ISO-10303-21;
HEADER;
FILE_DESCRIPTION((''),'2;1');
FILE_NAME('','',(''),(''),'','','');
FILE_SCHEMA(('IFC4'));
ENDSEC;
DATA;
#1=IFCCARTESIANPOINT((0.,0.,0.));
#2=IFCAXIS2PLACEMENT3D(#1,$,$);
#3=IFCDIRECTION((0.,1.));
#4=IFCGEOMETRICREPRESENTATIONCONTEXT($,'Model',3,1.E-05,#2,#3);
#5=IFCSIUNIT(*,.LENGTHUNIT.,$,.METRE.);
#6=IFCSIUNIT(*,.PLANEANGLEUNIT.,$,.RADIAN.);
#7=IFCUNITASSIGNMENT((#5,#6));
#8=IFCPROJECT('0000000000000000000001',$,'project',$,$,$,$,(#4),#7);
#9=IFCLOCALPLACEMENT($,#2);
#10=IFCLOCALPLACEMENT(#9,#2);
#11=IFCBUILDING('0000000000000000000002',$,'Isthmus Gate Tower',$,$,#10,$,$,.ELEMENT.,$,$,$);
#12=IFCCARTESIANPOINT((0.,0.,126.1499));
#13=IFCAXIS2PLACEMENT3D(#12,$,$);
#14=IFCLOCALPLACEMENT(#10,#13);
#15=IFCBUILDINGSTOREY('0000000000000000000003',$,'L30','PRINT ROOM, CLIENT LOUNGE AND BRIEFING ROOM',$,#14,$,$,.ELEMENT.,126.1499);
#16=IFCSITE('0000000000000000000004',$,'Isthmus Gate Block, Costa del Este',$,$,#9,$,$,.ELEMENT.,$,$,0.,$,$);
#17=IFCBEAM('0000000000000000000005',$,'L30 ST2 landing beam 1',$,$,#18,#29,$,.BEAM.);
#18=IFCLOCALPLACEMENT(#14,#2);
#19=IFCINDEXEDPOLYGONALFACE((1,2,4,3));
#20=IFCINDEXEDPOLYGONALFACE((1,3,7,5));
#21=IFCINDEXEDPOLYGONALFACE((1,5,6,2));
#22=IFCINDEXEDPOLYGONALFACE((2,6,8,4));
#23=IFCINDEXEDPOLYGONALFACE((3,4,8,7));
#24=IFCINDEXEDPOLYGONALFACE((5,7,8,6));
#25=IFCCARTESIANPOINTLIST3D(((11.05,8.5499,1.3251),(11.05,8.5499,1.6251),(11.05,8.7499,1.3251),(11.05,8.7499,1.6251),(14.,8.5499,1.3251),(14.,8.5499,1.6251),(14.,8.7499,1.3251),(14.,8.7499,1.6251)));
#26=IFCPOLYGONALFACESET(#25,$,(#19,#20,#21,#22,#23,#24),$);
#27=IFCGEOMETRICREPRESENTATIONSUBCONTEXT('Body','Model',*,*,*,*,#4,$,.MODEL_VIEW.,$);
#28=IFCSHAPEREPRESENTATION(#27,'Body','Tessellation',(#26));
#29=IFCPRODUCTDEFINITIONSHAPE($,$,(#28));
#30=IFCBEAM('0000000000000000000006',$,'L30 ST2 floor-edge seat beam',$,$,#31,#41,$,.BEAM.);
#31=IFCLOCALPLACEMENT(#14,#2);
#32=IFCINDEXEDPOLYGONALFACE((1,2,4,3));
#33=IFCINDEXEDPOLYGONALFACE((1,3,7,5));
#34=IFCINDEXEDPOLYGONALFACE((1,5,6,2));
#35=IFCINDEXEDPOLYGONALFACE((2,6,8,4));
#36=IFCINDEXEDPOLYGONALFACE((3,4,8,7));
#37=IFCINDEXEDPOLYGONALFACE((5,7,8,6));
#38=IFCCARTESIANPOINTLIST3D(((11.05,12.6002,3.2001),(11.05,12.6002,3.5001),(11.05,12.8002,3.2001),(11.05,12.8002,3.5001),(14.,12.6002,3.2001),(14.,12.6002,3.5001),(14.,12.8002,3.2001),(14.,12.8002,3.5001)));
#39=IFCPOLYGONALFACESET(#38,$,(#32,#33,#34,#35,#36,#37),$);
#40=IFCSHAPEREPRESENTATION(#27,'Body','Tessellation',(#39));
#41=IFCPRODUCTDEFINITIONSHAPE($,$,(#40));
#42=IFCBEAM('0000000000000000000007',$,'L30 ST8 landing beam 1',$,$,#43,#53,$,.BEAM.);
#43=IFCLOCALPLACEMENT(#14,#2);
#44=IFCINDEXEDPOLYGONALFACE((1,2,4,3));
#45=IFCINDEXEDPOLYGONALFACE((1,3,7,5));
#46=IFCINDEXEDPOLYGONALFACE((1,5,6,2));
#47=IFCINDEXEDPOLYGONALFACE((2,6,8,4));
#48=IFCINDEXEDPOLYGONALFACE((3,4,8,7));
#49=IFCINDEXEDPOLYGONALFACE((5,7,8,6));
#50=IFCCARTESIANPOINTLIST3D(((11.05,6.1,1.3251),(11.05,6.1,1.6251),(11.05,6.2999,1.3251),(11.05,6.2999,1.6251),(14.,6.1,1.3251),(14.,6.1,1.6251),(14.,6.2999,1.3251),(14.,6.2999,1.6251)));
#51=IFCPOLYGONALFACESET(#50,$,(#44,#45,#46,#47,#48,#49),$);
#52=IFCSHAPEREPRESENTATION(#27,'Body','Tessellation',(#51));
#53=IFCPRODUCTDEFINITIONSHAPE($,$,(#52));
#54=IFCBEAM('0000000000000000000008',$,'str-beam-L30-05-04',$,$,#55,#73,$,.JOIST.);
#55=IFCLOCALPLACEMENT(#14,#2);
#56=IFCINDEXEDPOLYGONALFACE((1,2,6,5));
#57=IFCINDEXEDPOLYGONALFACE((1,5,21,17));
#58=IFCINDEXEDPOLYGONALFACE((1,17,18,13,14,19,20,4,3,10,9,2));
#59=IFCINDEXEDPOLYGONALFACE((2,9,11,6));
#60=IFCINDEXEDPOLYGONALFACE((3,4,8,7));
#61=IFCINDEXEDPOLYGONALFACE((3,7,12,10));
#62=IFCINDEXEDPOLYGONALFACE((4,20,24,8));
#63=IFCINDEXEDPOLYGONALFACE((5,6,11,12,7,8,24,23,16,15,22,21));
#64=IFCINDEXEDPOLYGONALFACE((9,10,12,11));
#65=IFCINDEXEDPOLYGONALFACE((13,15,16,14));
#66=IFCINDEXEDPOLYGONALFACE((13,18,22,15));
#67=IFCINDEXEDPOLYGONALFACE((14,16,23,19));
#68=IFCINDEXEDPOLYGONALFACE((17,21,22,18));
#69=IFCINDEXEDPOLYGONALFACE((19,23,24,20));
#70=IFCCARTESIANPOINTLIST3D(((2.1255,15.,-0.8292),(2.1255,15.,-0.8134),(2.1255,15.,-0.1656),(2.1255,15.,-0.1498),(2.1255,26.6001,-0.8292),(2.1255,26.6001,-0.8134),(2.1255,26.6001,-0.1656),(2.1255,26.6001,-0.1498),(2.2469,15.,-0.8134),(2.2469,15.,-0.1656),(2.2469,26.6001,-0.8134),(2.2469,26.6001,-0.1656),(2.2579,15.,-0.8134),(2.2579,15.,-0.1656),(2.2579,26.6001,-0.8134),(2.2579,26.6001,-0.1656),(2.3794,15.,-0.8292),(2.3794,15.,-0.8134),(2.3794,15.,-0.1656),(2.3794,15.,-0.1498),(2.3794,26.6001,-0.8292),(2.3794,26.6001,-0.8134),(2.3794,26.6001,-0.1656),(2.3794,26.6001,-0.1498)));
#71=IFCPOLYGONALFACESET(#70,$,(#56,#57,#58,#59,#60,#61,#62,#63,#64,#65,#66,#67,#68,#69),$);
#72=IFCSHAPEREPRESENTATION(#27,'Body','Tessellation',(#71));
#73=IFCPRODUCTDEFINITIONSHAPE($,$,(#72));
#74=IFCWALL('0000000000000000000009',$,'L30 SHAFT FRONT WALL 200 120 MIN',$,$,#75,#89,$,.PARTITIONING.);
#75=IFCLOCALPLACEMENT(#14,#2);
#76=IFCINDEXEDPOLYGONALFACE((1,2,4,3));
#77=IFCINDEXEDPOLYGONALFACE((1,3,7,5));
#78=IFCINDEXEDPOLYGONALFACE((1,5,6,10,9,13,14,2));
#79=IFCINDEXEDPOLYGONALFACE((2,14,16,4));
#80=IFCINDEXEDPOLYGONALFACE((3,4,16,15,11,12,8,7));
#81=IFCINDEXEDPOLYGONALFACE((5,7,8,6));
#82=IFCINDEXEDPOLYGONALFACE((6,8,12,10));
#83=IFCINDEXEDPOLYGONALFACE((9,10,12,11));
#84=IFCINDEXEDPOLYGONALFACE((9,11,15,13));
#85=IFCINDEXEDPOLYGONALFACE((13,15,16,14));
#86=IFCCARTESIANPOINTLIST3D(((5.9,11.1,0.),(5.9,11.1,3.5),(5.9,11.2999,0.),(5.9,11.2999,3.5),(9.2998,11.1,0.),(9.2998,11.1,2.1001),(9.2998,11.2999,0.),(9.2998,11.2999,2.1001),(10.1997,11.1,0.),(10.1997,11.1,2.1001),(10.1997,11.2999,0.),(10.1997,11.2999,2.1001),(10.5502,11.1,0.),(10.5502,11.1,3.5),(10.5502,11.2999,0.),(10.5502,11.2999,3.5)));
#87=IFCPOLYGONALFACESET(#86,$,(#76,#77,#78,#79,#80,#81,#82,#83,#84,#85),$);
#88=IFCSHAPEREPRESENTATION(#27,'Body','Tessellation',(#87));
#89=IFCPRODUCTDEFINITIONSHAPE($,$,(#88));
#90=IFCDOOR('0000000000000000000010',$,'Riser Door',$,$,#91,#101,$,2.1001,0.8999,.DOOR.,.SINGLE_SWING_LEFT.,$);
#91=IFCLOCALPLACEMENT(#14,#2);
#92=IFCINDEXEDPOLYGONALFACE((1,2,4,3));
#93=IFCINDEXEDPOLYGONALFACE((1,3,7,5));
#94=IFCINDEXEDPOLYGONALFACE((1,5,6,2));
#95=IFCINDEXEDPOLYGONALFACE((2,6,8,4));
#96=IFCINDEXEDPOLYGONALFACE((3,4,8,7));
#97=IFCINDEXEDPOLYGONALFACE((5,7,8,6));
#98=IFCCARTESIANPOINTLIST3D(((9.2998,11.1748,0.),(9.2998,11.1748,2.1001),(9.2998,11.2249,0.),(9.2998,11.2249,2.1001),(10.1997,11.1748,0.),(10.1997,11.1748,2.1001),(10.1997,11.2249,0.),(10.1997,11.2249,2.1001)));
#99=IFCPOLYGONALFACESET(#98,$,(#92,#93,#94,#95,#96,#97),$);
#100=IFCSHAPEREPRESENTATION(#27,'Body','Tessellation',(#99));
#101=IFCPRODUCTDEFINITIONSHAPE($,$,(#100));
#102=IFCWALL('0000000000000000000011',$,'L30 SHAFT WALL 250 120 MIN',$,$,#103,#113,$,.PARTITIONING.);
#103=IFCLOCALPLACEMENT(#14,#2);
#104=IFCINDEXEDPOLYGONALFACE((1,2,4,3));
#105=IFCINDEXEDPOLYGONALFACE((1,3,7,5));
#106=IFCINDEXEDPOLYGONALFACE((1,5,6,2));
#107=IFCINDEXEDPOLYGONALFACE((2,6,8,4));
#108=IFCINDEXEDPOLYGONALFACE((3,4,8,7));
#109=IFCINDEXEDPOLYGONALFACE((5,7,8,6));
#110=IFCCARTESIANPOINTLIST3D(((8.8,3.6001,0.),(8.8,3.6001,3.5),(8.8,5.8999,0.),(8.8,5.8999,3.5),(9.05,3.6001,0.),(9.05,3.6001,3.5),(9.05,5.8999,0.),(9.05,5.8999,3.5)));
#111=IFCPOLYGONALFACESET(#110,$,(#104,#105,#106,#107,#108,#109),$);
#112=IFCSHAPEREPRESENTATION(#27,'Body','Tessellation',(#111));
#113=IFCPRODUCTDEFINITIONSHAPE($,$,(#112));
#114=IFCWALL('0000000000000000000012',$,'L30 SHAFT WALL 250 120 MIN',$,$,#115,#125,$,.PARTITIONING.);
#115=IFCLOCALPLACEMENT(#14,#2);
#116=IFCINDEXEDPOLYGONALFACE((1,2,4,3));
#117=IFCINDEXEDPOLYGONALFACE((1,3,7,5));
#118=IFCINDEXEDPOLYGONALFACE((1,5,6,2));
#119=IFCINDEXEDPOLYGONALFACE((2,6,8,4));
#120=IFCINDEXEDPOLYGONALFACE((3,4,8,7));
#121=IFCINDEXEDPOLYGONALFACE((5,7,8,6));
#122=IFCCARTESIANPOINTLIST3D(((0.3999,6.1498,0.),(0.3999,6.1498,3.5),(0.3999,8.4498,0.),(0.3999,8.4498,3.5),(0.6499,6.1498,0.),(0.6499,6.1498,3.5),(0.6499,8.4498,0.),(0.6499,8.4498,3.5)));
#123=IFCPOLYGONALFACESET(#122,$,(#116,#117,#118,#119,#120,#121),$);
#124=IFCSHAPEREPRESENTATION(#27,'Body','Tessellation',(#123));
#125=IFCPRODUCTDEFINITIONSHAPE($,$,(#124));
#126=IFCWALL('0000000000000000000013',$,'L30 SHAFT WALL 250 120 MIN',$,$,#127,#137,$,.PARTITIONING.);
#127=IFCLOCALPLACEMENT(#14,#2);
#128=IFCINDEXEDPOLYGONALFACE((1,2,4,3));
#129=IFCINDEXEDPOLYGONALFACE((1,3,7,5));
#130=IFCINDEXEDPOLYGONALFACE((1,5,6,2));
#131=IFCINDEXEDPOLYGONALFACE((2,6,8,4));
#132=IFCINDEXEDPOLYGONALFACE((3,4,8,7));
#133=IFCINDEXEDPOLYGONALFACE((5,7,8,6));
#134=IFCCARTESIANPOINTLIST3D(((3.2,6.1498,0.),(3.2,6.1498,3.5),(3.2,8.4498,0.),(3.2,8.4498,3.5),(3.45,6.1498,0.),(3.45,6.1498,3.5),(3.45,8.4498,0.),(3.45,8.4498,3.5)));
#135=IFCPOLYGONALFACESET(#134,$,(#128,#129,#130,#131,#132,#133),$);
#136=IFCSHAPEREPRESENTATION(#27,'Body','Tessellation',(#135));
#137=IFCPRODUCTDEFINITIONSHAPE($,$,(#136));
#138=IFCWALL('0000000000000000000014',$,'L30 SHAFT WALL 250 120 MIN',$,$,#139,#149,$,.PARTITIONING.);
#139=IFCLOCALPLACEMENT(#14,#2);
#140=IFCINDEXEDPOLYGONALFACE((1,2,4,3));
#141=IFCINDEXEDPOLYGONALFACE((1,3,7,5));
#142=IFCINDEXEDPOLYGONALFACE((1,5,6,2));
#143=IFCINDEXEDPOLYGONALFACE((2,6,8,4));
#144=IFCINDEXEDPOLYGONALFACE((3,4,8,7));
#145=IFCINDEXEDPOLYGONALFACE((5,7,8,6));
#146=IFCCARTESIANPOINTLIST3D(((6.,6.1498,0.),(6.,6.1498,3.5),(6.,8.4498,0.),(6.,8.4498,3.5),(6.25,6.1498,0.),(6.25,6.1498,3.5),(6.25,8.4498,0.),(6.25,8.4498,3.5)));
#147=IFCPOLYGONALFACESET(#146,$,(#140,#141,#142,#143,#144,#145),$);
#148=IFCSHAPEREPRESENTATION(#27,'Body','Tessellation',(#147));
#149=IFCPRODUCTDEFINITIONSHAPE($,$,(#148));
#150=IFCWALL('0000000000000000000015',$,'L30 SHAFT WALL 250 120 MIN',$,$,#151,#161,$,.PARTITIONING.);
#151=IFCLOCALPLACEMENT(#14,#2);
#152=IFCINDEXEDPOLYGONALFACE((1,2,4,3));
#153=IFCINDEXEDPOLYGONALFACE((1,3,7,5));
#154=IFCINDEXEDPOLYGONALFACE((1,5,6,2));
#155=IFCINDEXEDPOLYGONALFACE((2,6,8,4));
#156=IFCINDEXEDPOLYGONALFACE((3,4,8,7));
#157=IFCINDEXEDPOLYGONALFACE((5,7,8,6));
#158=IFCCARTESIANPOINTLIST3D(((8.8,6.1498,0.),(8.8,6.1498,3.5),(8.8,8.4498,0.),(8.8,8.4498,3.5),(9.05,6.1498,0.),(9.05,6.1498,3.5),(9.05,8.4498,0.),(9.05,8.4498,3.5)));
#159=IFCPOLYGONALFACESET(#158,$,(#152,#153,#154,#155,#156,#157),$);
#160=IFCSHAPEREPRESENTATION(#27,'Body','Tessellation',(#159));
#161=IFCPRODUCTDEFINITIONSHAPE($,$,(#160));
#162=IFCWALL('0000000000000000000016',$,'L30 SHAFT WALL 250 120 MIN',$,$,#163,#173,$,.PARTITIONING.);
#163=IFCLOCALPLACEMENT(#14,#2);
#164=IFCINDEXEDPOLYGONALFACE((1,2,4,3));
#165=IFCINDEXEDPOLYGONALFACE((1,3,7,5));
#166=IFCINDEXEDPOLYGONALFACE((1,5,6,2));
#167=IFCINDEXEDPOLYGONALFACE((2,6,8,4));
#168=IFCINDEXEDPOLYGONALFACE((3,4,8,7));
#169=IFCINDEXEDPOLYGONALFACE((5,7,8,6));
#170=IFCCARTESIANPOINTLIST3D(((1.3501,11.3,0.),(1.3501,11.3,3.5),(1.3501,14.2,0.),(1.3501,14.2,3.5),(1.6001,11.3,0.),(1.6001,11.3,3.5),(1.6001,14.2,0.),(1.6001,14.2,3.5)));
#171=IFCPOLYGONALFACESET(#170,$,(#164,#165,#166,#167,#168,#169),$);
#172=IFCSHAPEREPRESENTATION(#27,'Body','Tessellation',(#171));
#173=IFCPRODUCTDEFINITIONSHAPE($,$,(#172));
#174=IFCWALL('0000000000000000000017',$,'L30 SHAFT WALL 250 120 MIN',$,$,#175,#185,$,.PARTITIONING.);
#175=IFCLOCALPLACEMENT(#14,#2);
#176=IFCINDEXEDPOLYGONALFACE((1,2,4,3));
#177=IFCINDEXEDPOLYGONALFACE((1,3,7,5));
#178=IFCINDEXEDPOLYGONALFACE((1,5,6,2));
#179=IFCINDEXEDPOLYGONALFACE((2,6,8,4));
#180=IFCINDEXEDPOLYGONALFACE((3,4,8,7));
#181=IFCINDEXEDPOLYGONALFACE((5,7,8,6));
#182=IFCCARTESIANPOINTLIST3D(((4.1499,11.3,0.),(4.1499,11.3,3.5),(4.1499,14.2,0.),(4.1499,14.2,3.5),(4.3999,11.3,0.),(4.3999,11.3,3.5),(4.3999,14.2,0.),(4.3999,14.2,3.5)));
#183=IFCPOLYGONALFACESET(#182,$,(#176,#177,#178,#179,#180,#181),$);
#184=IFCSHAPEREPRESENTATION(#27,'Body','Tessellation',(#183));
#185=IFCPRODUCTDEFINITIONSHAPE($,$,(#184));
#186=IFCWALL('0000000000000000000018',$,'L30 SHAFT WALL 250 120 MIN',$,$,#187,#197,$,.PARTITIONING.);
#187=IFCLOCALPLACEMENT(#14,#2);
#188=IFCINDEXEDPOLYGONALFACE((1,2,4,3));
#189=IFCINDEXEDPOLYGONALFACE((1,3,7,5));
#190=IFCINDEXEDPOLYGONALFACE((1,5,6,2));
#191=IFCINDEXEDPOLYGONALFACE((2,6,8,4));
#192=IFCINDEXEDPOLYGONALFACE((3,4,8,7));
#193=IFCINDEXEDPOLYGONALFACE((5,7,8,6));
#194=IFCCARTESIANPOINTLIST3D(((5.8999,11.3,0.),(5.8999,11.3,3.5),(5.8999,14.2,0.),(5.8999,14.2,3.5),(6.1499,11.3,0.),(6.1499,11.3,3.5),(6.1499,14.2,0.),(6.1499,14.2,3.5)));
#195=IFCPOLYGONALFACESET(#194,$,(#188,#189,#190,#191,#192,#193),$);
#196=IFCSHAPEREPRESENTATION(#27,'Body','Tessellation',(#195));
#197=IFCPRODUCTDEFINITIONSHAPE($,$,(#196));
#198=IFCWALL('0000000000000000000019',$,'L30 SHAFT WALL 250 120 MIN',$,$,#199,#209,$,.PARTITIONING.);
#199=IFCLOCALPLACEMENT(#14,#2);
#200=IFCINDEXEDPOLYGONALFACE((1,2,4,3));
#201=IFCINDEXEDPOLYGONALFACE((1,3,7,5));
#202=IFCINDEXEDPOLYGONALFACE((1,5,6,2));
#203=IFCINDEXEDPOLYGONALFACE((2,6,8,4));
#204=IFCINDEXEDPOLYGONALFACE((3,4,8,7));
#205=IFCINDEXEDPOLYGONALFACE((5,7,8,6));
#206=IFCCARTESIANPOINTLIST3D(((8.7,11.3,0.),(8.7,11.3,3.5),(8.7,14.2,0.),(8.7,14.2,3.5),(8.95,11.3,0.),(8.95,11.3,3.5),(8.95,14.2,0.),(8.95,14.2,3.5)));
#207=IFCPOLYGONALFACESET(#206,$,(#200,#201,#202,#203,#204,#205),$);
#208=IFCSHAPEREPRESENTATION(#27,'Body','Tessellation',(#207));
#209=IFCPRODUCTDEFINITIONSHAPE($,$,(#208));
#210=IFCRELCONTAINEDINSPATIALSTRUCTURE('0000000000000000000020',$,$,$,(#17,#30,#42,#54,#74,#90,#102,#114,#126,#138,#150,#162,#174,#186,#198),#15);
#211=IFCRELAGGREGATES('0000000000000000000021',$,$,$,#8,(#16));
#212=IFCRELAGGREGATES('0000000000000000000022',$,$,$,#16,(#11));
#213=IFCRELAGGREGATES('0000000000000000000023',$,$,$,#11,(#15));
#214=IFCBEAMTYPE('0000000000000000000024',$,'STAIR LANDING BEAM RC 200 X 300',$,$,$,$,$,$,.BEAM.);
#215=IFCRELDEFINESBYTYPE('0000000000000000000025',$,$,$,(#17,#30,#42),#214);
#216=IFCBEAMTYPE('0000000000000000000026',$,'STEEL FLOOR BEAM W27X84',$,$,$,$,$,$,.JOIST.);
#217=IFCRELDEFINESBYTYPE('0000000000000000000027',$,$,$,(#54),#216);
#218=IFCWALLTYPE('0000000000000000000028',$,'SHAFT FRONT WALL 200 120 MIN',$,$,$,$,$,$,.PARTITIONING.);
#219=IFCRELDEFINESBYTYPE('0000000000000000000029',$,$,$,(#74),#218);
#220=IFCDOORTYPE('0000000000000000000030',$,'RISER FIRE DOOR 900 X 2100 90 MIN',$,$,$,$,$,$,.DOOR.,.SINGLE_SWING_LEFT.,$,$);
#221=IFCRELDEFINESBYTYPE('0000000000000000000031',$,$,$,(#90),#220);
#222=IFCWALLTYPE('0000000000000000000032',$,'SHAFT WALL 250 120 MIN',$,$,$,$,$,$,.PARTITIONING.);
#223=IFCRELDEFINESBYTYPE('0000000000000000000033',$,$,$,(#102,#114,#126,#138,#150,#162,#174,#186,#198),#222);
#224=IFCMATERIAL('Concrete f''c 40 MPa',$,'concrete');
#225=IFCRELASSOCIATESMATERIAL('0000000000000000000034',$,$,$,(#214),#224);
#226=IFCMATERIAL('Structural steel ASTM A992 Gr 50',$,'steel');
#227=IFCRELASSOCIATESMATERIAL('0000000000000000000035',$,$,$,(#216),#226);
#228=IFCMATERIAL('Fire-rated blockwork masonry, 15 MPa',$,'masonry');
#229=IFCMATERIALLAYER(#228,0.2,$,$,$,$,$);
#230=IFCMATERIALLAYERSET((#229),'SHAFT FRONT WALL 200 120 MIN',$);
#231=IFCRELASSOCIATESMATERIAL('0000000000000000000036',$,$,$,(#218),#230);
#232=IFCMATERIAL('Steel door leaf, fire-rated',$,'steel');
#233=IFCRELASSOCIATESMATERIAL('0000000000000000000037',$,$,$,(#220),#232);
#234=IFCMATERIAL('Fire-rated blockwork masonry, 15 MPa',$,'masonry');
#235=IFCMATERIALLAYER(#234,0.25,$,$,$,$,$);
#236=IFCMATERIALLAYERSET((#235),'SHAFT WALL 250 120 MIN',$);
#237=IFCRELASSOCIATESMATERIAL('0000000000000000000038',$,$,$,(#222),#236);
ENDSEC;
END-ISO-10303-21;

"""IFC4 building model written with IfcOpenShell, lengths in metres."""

from ifc_helpers import new_model, si_unit, direction, frame, frame_2d, origin, origin_2d, place, context, subcontext, project, spatial, rectangle, i_section, extrude, material, layer, layer_set, material_profile, profile_set, type_object, element, fill, save


model = new_model("IFC4")

# Units and contexts
model_context = context("Model", 3, precision=1e-05, world=origin(), true_north=direction((0.0, 1.0)))
body_context = subcontext(model_context, "Body", "Model", "MODEL_VIEW")
ifc_project = project(units=[si_unit("LENGTHUNIT", "METRE"), si_unit("PLANEANGLEUNIT", "RADIAN")], contexts=[model_context])

# Site, building, storey
site_placement = place(None, origin())
site = spatial("IfcSite", under=ifc_project, at=site_placement, Name="Isthmus Gate Block, Costa del Este", CompositionType="ELEMENT", RefElevation=0.0)
building_placement = place(site_placement, origin())
building = spatial("IfcBuilding", under=site, at=building_placement, Name="Isthmus Gate Tower", CompositionType="ELEMENT")
storey_placement = place(building_placement, frame((0.0, 0.0, 126.1499)))
storey = spatial("IfcBuildingStorey", under=building, at=storey_placement, Name="L30", Description="PRINT ROOM, CLIENT LOUNGE AND BRIEFING ROOM", CompositionType="ELEMENT", Elevation=126.1499)

# Beams
ifc_material_1 = material(Name="Concrete f'c 40 MPa", Category="concrete")
ifc_material_profile_1 = material_profile(ifc_material_1, rectangle(XDim=0.2, YDim=0.3, at=origin_2d()), Name="STAIR LANDING BEAM RC 200 X 300")
ifc_profile_set_1 = profile_set([ifc_material_profile_1], Name="Concrete f'c 40 MPa")
beam_type_1 = type_object("IfcBeamType", Name="STAIR LANDING BEAM RC 200 X 300", PredefinedType="BEAM", material=ifc_profile_set_1)
for number, where, z_axis, x_axis, name in (
    (1, (11.05, 8.6499, 1.4751), (1.0, 0.0, 0.0), (0.0, 1.0, 0.0), "L30 ST2 landing beam 1"),
    (2, (11.05, 12.7002, 3.3501), (1.0, 0.0, 0.0), (0.0, 1.0, 0.0), "L30 ST2 floor-edge seat beam"),
    (3, (11.05, 6.2, 1.4751), (1.0, 0.0, 0.0), (0.0, 1.0, 0.0), "L30 ST8 landing beam 1"),
):
    element("IfcBeam", number, at=place(storey_placement, frame(where, z_axis=z_axis, x_axis=x_axis)), inside=storey, type_object=beam_type_1, Name=name, PredefinedType="BEAM", context=body_context, shape_type="SweptSolid", body=[
        extrude(rectangle(XDim=0.2, YDim=0.3, at=origin_2d()), origin(), (0.0, 0.0, 1.0), 2.95),
    ])
ifc_material_2 = material(Name="Structural steel ASTM A992 Gr 50", Category="steel")
ifc_material_profile_2 = material_profile(ifc_material_2, i_section(OverallWidth=0.2539, OverallDepth=0.6794, WebThickness=0.011, FlangeThickness=0.0159, at=origin_2d()), Name="W27X84")
ifc_profile_set_2 = profile_set([ifc_material_profile_2], Name="Structural steel ASTM A992 Gr 50")
beam_type_2 = type_object("IfcBeamType", Name="STEEL FLOOR BEAM W27X84", PredefinedType="JOIST", material=ifc_profile_set_2)
beam_placement = place(storey_placement, frame((2.2524, 15.0, -0.4895), z_axis=(0.0, 1.0, 0.0), x_axis=(-1.0, 0.0, 0.0)))
element("IfcBeam", 4, at=beam_placement, inside=storey, type_object=beam_type_2, Name="str-beam-L30-05-04", PredefinedType="JOIST", context=body_context, shape_type="SweptSolid", body=[
    extrude(i_section(OverallWidth=0.2539, OverallDepth=0.6794, WebThickness=0.011, FlangeThickness=0.0159, at=origin_2d()), origin(), (0.0, 0.0, 1.0), 11.6001),
])

# Wall, opening, door
ifc_material_3 = material(Name="Fire-rated blockwork masonry, 15 MPa", Category="masonry")
ifc_layer_1 = layer(ifc_material_3, 0.2)
ifc_layer_set_1 = layer_set([ifc_layer_1], Name="SHAFT FRONT WALL 200 120 MIN")
wall_type_1 = type_object("IfcWallType", Name="SHAFT FRONT WALL 200 120 MIN", PredefinedType="PARTITIONING", material=ifc_layer_set_1)
wall_1_placement = place(storey_placement, frame((5.8999, 11.2, 0.0), z_axis=(0.0, 0.0, 1.0), x_axis=(1.0, 0.0, 0.0)))
wall_1 = element("IfcWall", 5, at=wall_1_placement, inside=storey, type_object=wall_type_1, Name="L30 SHAFT FRONT WALL 200 120 MIN", PredefinedType="PARTITIONING", context=body_context, shape_type="SweptSolid", body=[
    extrude(rectangle(XDim=4.6501, YDim=0.2, at=frame_2d((2.3252, 0.0))), origin(), (0.0, 0.0, 1.0), 3.5),
])
opening_placement = place(wall_1_placement, frame((3.3999, 0.0, 0.0)))
opening = element("IfcOpeningElement", 6, at=opening_placement, cuts=wall_1, PredefinedType="OPENING", context=body_context, shape_type="SweptSolid", body=[
    extrude(rectangle(XDim=0.8999, YDim=2.1001, at=frame_2d((0.45, 1.05))), frame((0.0, 0.1099, 0.0), z_axis=(0.0, -1.0, 0.0), x_axis=(1.0, 0.0, 0.0)), (0.0, 0.0, 1.0), 0.22),
])
ifc_material_4 = material(Name="Steel door leaf, fire-rated", Category="steel")
door_type = type_object("IfcDoorType", Name="RISER FIRE DOOR 900 X 2100 90 MIN", OperationType="SINGLE_SWING_LEFT", PredefinedType="DOOR", material=ifc_material_4)
door_placement = place(opening_placement, origin())
door = element("IfcDoor", 7, at=door_placement, inside=storey, type_object=door_type, Name="Riser Door", OperationType="SINGLE_SWING_LEFT", OverallHeight=2.1001, OverallWidth=0.8999, PredefinedType="DOOR", context=body_context, shape_type="SweptSolid", body=[
    extrude(rectangle(XDim=0.8999, YDim=2.1001, at=frame_2d((0.45, 1.05))), frame((0.0, 0.0249, 0.0), z_axis=(0.0, -1.0, 0.0), x_axis=(1.0, 0.0, 0.0)), (0.0, 0.0, 1.0), 0.05),
])
fill(opening, door)

# Walls
ifc_material_5 = material(Name="Fire-rated blockwork masonry, 15 MPa", Category="masonry")
ifc_layer_2 = layer(ifc_material_5, 0.25)
ifc_layer_set_2 = layer_set([ifc_layer_2], Name="SHAFT WALL 250 120 MIN")
wall_type_2 = type_object("IfcWallType", Name="SHAFT WALL 250 120 MIN", PredefinedType="PARTITIONING", material=ifc_layer_set_2)
wall_2_placement = place(storey_placement, frame((8.925, 3.6001, 0.0), z_axis=(0.0, 0.0, 1.0), x_axis=(0.0, 1.0, 0.0)))
element("IfcWall", 8, at=wall_2_placement, inside=storey, type_object=wall_type_2, Name="L30 SHAFT WALL 250 120 MIN", PredefinedType="PARTITIONING", context=body_context, shape_type="SweptSolid", body=[
    extrude(rectangle(XDim=2.2998, YDim=0.25, at=frame_2d((1.1499, 0.0))), origin(), (0.0, 0.0, 1.0), 3.5),
])
for number, where, z_axis, x_axis, name in (
    (9, (0.5249, 6.1499, 0.0), (0.0, 0.0, 1.0), (0.0, 1.0, 0.0), "L30 SHAFT WALL 250 120 MIN"),
    (10, (3.325, 6.1499, 0.0), (0.0, 0.0, 1.0), (0.0, 1.0, 0.0), "L30 SHAFT WALL 250 120 MIN"),
    (11, (6.125, 6.1499, 0.0), (0.0, 0.0, 1.0), (0.0, 1.0, 0.0), "L30 SHAFT WALL 250 120 MIN"),
    (12, (8.925, 6.1499, 0.0), (0.0, 0.0, 1.0), (0.0, 1.0, 0.0), "L30 SHAFT WALL 250 120 MIN"),
):
    element("IfcWall", number, at=place(storey_placement, frame(where, z_axis=z_axis, x_axis=x_axis)), inside=storey, type_object=wall_type_2, Name=name, PredefinedType="PARTITIONING", context=body_context, shape_type="SweptSolid", body=[
        extrude(rectangle(XDim=2.3, YDim=0.25, at=frame_2d((1.1499, 0.0))), origin(), (0.0, 0.0, 1.0), 3.5),
    ])
for number, where, z_axis, x_axis, name in (
    (13, (1.4751, 11.3, 0.0), (0.0, 0.0, 1.0), (0.0, 1.0, 0.0), "L30 SHAFT WALL 250 120 MIN"),
    (14, (4.2749, 11.3, 0.0), (0.0, 0.0, 1.0), (0.0, 1.0, 0.0), "L30 SHAFT WALL 250 120 MIN"),
    (15, (6.0249, 11.3, 0.0), (0.0, 0.0, 1.0), (0.0, 1.0, 0.0), "L30 SHAFT WALL 250 120 MIN"),
    (16, (8.825, 11.3, 0.0), (0.0, 0.0, 1.0), (0.0, 1.0, 0.0), "L30 SHAFT WALL 250 120 MIN"),
):
    element("IfcWall", number, at=place(storey_placement, frame(where, z_axis=z_axis, x_axis=x_axis)), inside=storey, type_object=wall_type_2, Name=name, PredefinedType="PARTITIONING", context=body_context, shape_type="SweptSolid", body=[
        extrude(rectangle(XDim=2.8999, YDim=0.25, at=frame_2d((1.45, 0.0))), origin(), (0.0, 0.0, 1.0), 3.5),
    ])

save(model, "model.ifc")
